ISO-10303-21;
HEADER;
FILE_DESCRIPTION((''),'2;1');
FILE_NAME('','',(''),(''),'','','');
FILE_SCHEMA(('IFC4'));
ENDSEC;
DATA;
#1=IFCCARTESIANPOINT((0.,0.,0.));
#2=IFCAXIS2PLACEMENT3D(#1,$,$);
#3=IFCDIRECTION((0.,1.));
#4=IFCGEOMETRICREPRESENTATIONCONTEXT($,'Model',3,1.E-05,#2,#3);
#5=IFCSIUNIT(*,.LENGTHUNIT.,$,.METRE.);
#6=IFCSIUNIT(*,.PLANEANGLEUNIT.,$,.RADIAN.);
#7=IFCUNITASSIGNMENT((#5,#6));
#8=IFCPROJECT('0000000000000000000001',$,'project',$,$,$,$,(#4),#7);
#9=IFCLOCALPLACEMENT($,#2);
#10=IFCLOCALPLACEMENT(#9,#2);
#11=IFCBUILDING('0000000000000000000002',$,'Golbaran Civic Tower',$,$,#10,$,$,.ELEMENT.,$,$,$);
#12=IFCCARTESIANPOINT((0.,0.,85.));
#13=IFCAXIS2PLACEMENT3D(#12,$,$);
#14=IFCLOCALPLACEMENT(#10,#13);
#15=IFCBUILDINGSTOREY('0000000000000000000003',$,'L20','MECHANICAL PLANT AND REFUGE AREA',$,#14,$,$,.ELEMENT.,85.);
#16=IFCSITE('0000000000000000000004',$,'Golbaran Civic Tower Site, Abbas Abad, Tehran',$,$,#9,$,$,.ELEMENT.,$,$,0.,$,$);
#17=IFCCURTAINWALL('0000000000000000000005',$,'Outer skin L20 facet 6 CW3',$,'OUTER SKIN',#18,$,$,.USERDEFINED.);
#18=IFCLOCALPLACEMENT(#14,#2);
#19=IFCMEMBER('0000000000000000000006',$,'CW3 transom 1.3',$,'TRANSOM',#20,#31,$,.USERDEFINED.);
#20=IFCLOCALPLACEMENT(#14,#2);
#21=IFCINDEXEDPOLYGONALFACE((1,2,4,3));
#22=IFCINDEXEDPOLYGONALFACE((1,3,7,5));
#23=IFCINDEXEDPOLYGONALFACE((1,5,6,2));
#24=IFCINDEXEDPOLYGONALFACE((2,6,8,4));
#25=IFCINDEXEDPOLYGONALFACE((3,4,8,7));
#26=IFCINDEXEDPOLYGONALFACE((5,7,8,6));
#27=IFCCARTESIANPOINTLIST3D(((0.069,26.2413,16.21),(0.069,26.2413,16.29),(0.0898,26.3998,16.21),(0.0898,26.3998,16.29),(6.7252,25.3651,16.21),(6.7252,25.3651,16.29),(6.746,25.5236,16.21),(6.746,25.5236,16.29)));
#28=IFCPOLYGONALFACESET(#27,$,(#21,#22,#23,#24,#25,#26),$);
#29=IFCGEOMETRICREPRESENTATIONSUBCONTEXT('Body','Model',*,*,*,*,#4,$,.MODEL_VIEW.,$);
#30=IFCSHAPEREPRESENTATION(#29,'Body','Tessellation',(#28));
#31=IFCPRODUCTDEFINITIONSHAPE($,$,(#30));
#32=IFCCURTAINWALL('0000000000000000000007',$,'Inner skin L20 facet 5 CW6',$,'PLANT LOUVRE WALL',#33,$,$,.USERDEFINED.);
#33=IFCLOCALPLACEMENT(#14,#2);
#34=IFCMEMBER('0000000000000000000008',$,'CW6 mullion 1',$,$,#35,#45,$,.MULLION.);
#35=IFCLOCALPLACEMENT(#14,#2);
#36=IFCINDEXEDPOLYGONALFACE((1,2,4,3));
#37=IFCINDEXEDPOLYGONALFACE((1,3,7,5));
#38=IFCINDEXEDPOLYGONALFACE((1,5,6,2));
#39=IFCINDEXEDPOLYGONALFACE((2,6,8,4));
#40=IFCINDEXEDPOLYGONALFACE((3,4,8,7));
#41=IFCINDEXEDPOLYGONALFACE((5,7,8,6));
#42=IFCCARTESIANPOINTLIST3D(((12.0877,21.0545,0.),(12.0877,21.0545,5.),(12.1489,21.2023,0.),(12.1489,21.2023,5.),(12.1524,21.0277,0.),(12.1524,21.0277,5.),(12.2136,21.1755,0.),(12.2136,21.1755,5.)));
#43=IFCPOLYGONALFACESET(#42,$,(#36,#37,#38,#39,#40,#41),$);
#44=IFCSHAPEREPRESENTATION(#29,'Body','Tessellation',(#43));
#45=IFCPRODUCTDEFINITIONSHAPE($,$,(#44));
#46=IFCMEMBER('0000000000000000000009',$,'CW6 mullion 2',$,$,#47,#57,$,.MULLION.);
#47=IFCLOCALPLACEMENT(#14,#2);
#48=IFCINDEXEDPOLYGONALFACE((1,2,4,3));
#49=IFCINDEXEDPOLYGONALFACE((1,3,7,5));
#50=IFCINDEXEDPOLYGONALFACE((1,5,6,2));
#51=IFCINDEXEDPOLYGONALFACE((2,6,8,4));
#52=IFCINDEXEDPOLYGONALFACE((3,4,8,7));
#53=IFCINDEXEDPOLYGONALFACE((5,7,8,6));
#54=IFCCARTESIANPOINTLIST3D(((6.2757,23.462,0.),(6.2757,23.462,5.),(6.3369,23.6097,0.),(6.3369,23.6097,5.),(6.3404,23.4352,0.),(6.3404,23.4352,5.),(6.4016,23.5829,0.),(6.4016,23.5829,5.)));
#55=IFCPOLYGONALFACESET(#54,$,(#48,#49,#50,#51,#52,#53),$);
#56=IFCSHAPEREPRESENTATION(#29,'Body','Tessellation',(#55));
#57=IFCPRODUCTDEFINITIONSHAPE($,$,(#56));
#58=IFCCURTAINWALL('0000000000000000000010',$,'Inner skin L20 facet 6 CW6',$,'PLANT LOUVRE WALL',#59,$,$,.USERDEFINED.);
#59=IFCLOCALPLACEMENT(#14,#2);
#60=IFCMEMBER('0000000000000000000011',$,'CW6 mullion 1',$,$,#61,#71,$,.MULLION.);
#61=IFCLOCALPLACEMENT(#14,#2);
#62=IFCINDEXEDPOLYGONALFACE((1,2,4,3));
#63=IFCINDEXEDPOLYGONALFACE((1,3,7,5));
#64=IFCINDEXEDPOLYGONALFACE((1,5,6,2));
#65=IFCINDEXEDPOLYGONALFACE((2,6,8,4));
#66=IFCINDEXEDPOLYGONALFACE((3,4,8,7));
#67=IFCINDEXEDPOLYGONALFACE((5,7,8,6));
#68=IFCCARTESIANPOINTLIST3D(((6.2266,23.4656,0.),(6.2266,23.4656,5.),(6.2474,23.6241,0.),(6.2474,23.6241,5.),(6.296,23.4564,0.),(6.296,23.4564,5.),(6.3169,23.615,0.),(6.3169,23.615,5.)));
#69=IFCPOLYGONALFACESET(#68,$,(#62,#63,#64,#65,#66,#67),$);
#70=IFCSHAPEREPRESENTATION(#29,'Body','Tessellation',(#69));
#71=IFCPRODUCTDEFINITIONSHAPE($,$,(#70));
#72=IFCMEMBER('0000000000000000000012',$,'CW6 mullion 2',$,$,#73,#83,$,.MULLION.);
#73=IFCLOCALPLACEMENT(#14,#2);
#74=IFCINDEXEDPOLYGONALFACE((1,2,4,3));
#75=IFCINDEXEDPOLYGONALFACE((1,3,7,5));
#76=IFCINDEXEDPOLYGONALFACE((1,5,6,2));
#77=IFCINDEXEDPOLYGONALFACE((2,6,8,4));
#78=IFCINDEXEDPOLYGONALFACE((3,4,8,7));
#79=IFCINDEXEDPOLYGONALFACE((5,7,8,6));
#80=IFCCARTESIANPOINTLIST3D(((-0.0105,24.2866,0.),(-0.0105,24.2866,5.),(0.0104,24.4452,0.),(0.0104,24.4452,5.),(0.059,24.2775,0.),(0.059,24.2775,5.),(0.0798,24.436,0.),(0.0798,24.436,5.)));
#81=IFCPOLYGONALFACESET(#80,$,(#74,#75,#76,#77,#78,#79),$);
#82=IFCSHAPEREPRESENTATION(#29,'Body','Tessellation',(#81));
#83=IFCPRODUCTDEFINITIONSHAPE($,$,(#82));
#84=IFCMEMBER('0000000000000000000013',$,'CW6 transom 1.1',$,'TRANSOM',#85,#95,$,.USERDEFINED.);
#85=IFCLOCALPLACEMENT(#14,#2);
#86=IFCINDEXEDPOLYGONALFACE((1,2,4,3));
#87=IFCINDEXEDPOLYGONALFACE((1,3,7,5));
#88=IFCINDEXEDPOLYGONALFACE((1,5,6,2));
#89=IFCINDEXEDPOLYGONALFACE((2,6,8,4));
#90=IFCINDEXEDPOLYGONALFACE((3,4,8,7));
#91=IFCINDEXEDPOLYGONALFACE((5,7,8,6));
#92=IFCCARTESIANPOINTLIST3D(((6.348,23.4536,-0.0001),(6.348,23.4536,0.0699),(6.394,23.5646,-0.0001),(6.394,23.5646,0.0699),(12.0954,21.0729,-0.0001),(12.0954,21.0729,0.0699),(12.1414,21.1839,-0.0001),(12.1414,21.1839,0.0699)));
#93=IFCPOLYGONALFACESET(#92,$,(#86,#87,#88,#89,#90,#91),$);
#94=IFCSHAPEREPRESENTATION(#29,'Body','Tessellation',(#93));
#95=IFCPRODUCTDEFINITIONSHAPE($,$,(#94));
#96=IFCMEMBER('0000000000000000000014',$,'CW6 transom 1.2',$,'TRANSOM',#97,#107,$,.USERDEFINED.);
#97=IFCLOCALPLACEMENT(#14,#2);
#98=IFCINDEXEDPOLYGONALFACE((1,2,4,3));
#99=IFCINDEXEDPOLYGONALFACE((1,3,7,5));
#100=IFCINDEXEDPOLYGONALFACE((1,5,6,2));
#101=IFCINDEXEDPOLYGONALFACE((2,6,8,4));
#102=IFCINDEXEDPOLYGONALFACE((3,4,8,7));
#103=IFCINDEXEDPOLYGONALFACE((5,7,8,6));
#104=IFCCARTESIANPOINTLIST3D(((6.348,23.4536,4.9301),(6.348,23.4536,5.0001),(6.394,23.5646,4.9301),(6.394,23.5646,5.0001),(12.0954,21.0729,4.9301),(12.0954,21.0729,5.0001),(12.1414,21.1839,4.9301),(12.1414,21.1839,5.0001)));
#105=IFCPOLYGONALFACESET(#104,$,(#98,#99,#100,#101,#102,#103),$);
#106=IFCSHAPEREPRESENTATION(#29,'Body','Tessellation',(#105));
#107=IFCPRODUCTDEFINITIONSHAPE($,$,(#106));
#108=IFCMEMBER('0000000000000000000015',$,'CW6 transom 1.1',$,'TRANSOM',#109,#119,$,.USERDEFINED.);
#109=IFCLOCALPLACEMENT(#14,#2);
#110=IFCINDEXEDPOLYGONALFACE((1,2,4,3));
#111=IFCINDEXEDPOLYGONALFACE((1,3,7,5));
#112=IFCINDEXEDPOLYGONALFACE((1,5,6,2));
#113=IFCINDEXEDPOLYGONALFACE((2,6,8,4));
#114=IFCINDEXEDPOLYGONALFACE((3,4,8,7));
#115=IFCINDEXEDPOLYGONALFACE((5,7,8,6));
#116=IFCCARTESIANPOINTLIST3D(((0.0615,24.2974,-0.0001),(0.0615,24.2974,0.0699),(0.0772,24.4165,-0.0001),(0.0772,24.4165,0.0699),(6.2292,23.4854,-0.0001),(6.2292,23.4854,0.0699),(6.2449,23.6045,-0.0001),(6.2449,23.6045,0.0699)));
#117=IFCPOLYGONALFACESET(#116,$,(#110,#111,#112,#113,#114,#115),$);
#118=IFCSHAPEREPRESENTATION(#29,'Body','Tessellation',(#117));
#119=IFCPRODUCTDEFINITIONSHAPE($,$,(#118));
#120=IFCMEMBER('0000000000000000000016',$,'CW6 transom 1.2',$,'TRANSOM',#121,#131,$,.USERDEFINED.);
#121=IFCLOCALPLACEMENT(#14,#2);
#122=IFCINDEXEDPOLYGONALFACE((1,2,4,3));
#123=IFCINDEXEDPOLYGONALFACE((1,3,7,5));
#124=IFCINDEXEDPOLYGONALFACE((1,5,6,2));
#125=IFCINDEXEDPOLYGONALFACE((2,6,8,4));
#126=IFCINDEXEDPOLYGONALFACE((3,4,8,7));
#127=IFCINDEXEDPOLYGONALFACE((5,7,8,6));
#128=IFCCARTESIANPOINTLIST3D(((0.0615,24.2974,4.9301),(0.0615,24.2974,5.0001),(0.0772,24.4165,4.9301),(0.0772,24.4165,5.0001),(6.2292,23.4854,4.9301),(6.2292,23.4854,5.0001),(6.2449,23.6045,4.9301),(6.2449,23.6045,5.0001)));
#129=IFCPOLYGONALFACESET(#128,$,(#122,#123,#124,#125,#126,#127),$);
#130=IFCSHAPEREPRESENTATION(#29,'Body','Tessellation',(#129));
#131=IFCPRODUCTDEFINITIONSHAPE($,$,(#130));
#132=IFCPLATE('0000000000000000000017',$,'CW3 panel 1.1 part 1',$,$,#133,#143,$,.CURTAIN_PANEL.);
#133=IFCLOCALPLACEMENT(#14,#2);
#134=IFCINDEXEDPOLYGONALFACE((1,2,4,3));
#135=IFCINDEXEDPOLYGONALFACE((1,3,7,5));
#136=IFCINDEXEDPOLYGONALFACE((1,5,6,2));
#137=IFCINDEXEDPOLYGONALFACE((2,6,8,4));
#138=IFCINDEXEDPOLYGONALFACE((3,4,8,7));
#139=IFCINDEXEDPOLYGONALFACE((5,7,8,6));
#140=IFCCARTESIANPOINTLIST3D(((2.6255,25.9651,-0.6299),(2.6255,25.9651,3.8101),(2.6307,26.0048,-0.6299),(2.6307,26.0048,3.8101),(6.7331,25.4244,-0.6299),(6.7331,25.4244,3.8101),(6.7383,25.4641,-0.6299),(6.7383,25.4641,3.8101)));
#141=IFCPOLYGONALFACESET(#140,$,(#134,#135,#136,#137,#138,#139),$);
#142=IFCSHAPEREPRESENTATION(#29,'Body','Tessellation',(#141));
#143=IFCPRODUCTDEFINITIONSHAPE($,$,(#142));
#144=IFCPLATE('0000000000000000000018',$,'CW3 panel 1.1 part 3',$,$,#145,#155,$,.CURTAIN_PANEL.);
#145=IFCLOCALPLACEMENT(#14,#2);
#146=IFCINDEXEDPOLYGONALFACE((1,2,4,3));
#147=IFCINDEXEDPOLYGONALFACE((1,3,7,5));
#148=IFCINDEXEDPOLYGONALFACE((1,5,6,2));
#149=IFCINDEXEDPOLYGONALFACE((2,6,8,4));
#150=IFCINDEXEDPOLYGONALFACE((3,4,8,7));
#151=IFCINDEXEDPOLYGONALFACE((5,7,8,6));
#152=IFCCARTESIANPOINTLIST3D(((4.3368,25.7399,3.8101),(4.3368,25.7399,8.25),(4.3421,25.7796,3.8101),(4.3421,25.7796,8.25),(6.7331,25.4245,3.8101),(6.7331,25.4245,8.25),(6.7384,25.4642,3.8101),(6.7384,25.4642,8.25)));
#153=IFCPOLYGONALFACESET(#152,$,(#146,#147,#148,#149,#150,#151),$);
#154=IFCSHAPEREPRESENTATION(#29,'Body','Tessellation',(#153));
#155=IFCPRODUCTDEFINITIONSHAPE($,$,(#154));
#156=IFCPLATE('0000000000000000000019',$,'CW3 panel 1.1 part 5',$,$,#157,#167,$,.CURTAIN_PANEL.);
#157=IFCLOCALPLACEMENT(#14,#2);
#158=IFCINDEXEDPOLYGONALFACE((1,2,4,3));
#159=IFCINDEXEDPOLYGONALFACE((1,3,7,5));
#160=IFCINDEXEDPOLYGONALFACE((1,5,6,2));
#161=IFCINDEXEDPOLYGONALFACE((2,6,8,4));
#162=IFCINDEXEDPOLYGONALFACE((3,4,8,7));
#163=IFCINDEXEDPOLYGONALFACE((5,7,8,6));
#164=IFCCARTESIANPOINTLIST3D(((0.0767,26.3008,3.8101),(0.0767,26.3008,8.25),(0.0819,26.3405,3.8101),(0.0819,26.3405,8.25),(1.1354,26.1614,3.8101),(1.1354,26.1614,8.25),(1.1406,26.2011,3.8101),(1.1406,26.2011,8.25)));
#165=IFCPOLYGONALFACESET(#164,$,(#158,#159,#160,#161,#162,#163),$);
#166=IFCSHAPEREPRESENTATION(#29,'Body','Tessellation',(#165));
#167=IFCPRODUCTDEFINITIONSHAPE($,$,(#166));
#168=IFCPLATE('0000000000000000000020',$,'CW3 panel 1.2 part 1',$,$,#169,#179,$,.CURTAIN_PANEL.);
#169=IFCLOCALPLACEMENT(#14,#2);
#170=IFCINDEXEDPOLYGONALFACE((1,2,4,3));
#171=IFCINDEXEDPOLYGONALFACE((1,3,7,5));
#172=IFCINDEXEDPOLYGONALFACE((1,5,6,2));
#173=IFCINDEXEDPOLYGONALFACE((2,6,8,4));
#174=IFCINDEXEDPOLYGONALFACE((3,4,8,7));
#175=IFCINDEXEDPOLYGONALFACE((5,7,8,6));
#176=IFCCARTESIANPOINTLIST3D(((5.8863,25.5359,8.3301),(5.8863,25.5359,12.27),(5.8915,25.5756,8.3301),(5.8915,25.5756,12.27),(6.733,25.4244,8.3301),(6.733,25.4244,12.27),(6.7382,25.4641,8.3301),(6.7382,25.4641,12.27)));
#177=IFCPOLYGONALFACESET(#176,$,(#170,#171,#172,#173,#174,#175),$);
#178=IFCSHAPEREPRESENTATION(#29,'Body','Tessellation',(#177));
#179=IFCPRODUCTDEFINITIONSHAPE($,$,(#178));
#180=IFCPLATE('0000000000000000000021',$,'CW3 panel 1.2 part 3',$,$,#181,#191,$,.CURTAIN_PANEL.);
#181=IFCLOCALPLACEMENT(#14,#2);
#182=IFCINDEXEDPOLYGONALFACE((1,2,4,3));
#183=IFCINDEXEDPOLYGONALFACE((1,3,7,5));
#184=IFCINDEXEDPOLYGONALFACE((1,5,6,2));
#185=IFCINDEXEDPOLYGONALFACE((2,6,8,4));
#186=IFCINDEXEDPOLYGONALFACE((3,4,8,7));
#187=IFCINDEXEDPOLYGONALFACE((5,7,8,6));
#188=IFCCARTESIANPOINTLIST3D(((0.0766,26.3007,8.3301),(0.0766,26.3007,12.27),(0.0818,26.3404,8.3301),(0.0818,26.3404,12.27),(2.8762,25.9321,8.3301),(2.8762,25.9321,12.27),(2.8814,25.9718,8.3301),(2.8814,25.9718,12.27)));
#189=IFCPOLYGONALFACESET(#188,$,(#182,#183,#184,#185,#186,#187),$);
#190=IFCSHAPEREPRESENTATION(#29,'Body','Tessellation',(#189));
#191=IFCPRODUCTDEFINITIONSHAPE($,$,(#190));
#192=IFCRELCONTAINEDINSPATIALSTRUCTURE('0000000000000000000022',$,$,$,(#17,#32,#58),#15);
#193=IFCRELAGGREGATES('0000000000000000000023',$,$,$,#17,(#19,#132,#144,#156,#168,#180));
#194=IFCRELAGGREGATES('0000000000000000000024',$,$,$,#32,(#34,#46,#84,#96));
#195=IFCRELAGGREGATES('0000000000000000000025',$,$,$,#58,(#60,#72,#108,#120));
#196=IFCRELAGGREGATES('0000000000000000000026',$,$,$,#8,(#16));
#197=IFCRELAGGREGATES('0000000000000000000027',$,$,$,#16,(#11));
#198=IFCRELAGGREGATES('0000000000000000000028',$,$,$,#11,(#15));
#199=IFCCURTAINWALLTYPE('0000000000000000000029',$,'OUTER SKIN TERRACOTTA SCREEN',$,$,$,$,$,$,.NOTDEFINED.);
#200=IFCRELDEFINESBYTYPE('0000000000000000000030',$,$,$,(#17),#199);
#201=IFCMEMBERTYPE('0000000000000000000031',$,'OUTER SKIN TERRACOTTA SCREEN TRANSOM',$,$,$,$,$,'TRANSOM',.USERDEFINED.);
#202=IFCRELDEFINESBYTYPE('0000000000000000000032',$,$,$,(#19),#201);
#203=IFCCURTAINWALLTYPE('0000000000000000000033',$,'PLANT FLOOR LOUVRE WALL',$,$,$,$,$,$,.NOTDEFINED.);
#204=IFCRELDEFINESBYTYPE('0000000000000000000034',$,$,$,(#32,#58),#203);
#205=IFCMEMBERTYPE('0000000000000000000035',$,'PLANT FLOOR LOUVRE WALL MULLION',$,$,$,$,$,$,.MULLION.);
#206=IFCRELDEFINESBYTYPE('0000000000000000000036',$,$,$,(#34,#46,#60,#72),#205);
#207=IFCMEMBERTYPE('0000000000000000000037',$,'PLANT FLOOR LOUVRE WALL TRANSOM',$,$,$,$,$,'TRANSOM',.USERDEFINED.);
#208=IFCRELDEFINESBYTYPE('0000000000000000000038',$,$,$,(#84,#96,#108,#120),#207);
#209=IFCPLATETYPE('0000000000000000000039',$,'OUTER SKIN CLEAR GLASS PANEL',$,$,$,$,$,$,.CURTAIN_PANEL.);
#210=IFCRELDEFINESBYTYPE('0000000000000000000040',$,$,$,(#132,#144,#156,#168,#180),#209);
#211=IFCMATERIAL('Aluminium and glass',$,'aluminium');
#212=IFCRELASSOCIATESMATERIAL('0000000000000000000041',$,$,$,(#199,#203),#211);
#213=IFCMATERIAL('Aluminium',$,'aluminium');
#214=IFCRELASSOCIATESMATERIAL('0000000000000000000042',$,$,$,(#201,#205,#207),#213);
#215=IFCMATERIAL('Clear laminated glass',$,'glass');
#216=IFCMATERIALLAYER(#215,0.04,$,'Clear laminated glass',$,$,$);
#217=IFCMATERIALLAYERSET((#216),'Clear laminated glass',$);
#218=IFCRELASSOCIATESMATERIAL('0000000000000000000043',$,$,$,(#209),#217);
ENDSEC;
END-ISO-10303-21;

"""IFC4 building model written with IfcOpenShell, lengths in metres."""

from ifc_helpers import new_model, si_unit, direction, frame, origin, origin_2d, place, context, subcontext, project, spatial, rectangle, extrude, material, layer, layer_set, material_profile, profile_set, type_object, element, aggregate, save


model = new_model("IFC4")

# Units and contexts
model_context = context("Model", 3, precision=1e-05, world=origin(), true_north=direction((0.0, 1.0)))
body_context = subcontext(model_context, "Body", "Model", "MODEL_VIEW")
ifc_project = project(units=[si_unit("LENGTHUNIT", "METRE"), si_unit("PLANEANGLEUNIT", "RADIAN")], contexts=[model_context])

# Site, building, storey
site_placement = place(None, origin())
site = spatial("IfcSite", under=ifc_project, at=site_placement, Name="Golbaran Civic Tower Site, Abbas Abad, Tehran", CompositionType="ELEMENT", RefElevation=0.0)
building_placement = place(site_placement, origin())
building = spatial("IfcBuilding", under=site, at=building_placement, Name="Golbaran Civic Tower", CompositionType="ELEMENT")
storey_placement = place(building_placement, frame((0.0, 0.0, 85.0)))
storey = spatial("IfcBuildingStorey", under=building, at=storey_placement, Name="L20", Description="MECHANICAL PLANT AND REFUGE AREA", CompositionType="ELEMENT", Elevation=85.0)

# Curtain wall
ifc_material_1 = material(Name="Aluminium and glass", Category="aluminium")
curtain_wall_type_1 = type_object("IfcCurtainWallType", Name="OUTER SKIN TERRACOTTA SCREEN", PredefinedType="NOTDEFINED", material=ifc_material_1)
ifc_material_2 = material(Name="Aluminium", Category="aluminium")
curtain_wall_1_placement = place(storey_placement, origin())
curtain_wall_1 = element("IfcCurtainWall", 1, at=curtain_wall_1_placement, inside=storey, type_object=curtain_wall_type_1, Name="Outer skin L20 facet 6 CW3", ObjectType="OUTER SKIN", PredefinedType="USERDEFINED")

# Member
ifc_material_profile_1 = material_profile(ifc_material_2, rectangle(XDim=0.1599, YDim=0.0801, at=origin_2d()), Name="OUTER SKIN TERRACOTTA SCREEN TRANSOM")
ifc_profile_set_1 = profile_set([ifc_material_profile_1], Name="Aluminium")
member_type_1 = type_object("IfcMemberType", Name="OUTER SKIN TERRACOTTA SCREEN TRANSOM", ElementType="TRANSOM", PredefinedType="USERDEFINED", material=ifc_profile_set_1)
member_1_placement = place(storey_placement, frame((6.7356, 25.4443, 16.25), z_axis=(-0.991447, 0.130513, 0.0), x_axis=(-0.130513, -0.991447, 0.0)))
member_1 = element("IfcMember", 2, at=member_1_placement, type_object=member_type_1, Name="CW3 transom 1.3", ObjectType="TRANSOM", PredefinedType="USERDEFINED", context=body_context, shape_type="SweptSolid", body=[
    extrude(rectangle(XDim=0.1599, YDim=0.0801, at=origin_2d()), origin(), (0.0, 0.0, 1.0), 6.7136),
])

# Curtain walls, members
curtain_wall_type_2 = type_object("IfcCurtainWallType", Name="PLANT FLOOR LOUVRE WALL", PredefinedType="NOTDEFINED", material=ifc_material_1)
curtain_wall_2_placement = place(storey_placement, origin())
curtain_wall_2 = element("IfcCurtainWall", 3, at=curtain_wall_2_placement, inside=storey, type_object=curtain_wall_type_2, Name="Inner skin L20 facet 5 CW6", ObjectType="PLANT LOUVRE WALL", PredefinedType="USERDEFINED")
ifc_material_profile_2 = material_profile(ifc_material_2, rectangle(XDim=0.1599, YDim=0.0701, at=origin_2d()), Name="PLANT FLOOR LOUVRE WALL MULLION")
ifc_profile_set_2 = profile_set([ifc_material_profile_2], Name="Aluminium")
member_type_2 = type_object("IfcMemberType", Name="PLANT FLOOR LOUVRE WALL MULLION", PredefinedType="MULLION", material=ifc_profile_set_2)
member_2_placement = place(storey_placement, frame((12.1506, 21.115, 0.0), z_axis=(0.0, 0.0, 1.0), x_axis=(-0.382683, -0.92388, 0.0)))
member_2 = element("IfcMember", 4, at=member_2_placement, type_object=member_type_2, Name="CW6 mullion 1", PredefinedType="MULLION", context=body_context, shape_type="SweptSolid", body=[
    extrude(rectangle(XDim=0.1599, YDim=0.0701, at=origin_2d()), origin(), (0.0, 0.0, 1.0), 5.0),
])
member_3_placement = place(storey_placement, frame((6.3386, 23.5225, 0.0), z_axis=(0.0, 0.0, 1.0), x_axis=(-0.382683, -0.92388, 0.0)))
member_3 = element("IfcMember", 5, at=member_3_placement, type_object=member_type_2, Name="CW6 mullion 2", PredefinedType="MULLION", context=body_context, shape_type="SweptSolid", body=[
    extrude(rectangle(XDim=0.1599, YDim=0.0701, at=origin_2d()), origin(), (0.0, 0.0, 1.0), 5.0),
])
curtain_wall_3_placement = place(storey_placement, origin())
curtain_wall_3 = element("IfcCurtainWall", 6, at=curtain_wall_3_placement, inside=storey, type_object=curtain_wall_type_2, Name="Inner skin L20 facet 6 CW6", ObjectType="PLANT LOUVRE WALL", PredefinedType="USERDEFINED")
member_4_placement = place(storey_placement, frame((6.2717, 23.5403, 0.0), z_axis=(0.0, 0.0, 1.0), x_axis=(-0.130526, -0.991445, 0.0)))
member_4 = element("IfcMember", 7, at=member_4_placement, type_object=member_type_2, Name="CW6 mullion 1", PredefinedType="MULLION", context=body_context, shape_type="SweptSolid", body=[
    extrude(rectangle(XDim=0.1599, YDim=0.0701, at=origin_2d()), origin(), (0.0, 0.0, 1.0), 5.0),
])
member_5_placement = place(storey_placement, frame((0.0347, 24.3613, 0.0), z_axis=(0.0, 0.0, 1.0), x_axis=(-0.130526, -0.991445, 0.0)))
member_5 = element("IfcMember", 8, at=member_5_placement, type_object=member_type_2, Name="CW6 mullion 2", PredefinedType="MULLION", context=body_context, shape_type="SweptSolid", body=[
    extrude(rectangle(XDim=0.1599, YDim=0.0701, at=origin_2d()), origin(), (0.0, 0.0, 1.0), 5.0),
])

# Members
ifc_material_profile_3 = material_profile(ifc_material_2, rectangle(XDim=0.1201, YDim=0.0701, at=origin_2d()), Name="PLANT FLOOR LOUVRE WALL TRANSOM")
ifc_profile_set_3 = profile_set([ifc_material_profile_3], Name="Aluminium")
member_type_3 = type_object("IfcMemberType", Name="PLANT FLOOR LOUVRE WALL TRANSOM", ElementType="TRANSOM", PredefinedType="USERDEFINED", material=ifc_profile_set_3)
member_6_placement = place(storey_placement, frame((12.1184, 21.1284, 0.0349), z_axis=(-0.92388, 0.382683, 0.0), x_axis=(-0.382683, -0.92388, 0.0)))
member_6 = element("IfcMember", 9, at=member_6_placement, type_object=member_type_3, Name="CW6 transom 1.1", ObjectType="TRANSOM", PredefinedType="USERDEFINED", context=body_context, shape_type="SweptSolid", body=[
    extrude(rectangle(XDim=0.1201, YDim=0.0701, at=origin_2d()), origin(), (0.0, 0.0, 1.0), 6.2209),
])
member_7_placement = place(storey_placement, frame((12.1184, 21.1284, 4.9651), z_axis=(-0.92388, 0.382683, 0.0), x_axis=(-0.382683, -0.92388, 0.0)))
member_7 = element("IfcMember", 10, at=member_7_placement, type_object=member_type_3, Name="CW6 transom 1.2", ObjectType="TRANSOM", PredefinedType="USERDEFINED", context=body_context, shape_type="SweptSolid", body=[
    extrude(rectangle(XDim=0.1201, YDim=0.0701, at=origin_2d()), origin(), (0.0, 0.0, 1.0), 6.2209),
])
member_8_placement = place(storey_placement, frame((6.2371, 23.5449, 0.0349), z_axis=(-0.991445, 0.130529, 0.0), x_axis=(-0.130529, -0.991445, 0.0)))
member_8 = element("IfcMember", 11, at=member_8_placement, type_object=member_type_3, Name="CW6 transom 1.1", ObjectType="TRANSOM", PredefinedType="USERDEFINED", context=body_context, shape_type="SweptSolid", body=[
    extrude(rectangle(XDim=0.1201, YDim=0.0701, at=origin_2d()), origin(), (0.0, 0.0, 1.0), 6.2209),
])
member_9_placement = place(storey_placement, frame((6.2371, 23.5449, 4.9651), z_axis=(-0.991445, 0.130529, 0.0), x_axis=(-0.130529, -0.991445, 0.0)))
member_9 = element("IfcMember", 12, at=member_9_placement, type_object=member_type_3, Name="CW6 transom 1.2", ObjectType="TRANSOM", PredefinedType="USERDEFINED", context=body_context, shape_type="SweptSolid", body=[
    extrude(rectangle(XDim=0.1201, YDim=0.0701, at=origin_2d()), origin(), (0.0, 0.0, 1.0), 6.2209),
])

# Plates
ifc_material_3 = material(Name="Clear laminated glass", Category="glass")
ifc_layer_1 = layer(ifc_material_3, 0.04, Name="Clear laminated glass")
ifc_layer_set_1 = layer_set([ifc_layer_1], Name="Clear laminated glass")
plate_type_1 = type_object("IfcPlateType", Name="OUTER SKIN CLEAR GLASS PANEL", PredefinedType="CURTAIN_PANEL", material=ifc_layer_set_1)
plate_1_placement = place(storey_placement, frame((4.6819, 25.7146, -0.6299), z_axis=(0.0, 0.0, 1.0), x_axis=(-0.991445, 0.130526, 0.0)))
plate_1 = element("IfcPlate", 13, at=plate_1_placement, type_object=plate_type_1, Name="CW3 panel 1.1 part 1", PredefinedType="CURTAIN_PANEL", context=body_context, shape_type="SweptSolid", body=[
    extrude(rectangle(XDim=4.1431, YDim=0.04, at=origin_2d()), origin(), (0.0, 0.0, 1.0), 4.4399),
])
plate_2_placement = place(storey_placement, frame((5.5376, 25.6021, 3.8101), z_axis=(0.0, 0.0, 1.0), x_axis=(-0.991445, 0.130526, 0.0)))
plate_2 = element("IfcPlate", 14, at=plate_2_placement, type_object=plate_type_1, Name="CW3 panel 1.1 part 3", PredefinedType="CURTAIN_PANEL", context=body_context, shape_type="SweptSolid", body=[
    extrude(rectangle(XDim=2.417, YDim=0.04, at=origin_2d()), origin(), (0.0, 0.0, 1.0), 4.4399),
])
plate_3_placement = place(storey_placement, frame((0.6086, 26.251, 3.8101), z_axis=(0.0, 0.0, 1.0), x_axis=(-0.991445, 0.130526, 0.0)))
plate_3 = element("IfcPlate", 15, at=plate_3_placement, type_object=plate_type_1, Name="CW3 panel 1.1 part 5", PredefinedType="CURTAIN_PANEL", context=body_context, shape_type="SweptSolid", body=[
    extrude(rectangle(XDim=1.0679, YDim=0.04, at=origin_2d()), origin(), (0.0, 0.0, 1.0), 4.4399),
])
plate_4_placement = place(storey_placement, frame((6.3123, 25.5, 8.3301), z_axis=(0.0, 0.0, 1.0), x_axis=(-0.991445, 0.130526, 0.0)))
plate_4 = element("IfcPlate", 16, at=plate_4_placement, type_object=plate_type_1, Name="CW3 panel 1.2 part 1", PredefinedType="CURTAIN_PANEL", context=body_context, shape_type="SweptSolid", body=[
    extrude(rectangle(XDim=0.854, YDim=0.04, at=origin_2d()), origin(), (0.0, 0.0, 1.0), 3.9399),
])
plate_5_placement = place(storey_placement, frame((1.479, 26.1362, 8.3301), z_axis=(0.0, 0.0, 1.0), x_axis=(-0.991445, 0.130526, 0.0)))
plate_5 = element("IfcPlate", 17, at=plate_5_placement, type_object=plate_type_1, Name="CW3 panel 1.2 part 3", PredefinedType="CURTAIN_PANEL", context=body_context, shape_type="SweptSolid", body=[
    extrude(rectangle(XDim=2.8237, YDim=0.04, at=origin_2d()), origin(), (0.0, 0.0, 1.0), 3.9399),
])
aggregate(curtain_wall_1, [member_1, plate_1, plate_2, plate_3, plate_4, plate_5])
aggregate(curtain_wall_2, [member_2, member_3, member_6, member_7])
aggregate(curtain_wall_3, [member_4, member_5, member_8, member_9])

save(model, "model.ifc")
